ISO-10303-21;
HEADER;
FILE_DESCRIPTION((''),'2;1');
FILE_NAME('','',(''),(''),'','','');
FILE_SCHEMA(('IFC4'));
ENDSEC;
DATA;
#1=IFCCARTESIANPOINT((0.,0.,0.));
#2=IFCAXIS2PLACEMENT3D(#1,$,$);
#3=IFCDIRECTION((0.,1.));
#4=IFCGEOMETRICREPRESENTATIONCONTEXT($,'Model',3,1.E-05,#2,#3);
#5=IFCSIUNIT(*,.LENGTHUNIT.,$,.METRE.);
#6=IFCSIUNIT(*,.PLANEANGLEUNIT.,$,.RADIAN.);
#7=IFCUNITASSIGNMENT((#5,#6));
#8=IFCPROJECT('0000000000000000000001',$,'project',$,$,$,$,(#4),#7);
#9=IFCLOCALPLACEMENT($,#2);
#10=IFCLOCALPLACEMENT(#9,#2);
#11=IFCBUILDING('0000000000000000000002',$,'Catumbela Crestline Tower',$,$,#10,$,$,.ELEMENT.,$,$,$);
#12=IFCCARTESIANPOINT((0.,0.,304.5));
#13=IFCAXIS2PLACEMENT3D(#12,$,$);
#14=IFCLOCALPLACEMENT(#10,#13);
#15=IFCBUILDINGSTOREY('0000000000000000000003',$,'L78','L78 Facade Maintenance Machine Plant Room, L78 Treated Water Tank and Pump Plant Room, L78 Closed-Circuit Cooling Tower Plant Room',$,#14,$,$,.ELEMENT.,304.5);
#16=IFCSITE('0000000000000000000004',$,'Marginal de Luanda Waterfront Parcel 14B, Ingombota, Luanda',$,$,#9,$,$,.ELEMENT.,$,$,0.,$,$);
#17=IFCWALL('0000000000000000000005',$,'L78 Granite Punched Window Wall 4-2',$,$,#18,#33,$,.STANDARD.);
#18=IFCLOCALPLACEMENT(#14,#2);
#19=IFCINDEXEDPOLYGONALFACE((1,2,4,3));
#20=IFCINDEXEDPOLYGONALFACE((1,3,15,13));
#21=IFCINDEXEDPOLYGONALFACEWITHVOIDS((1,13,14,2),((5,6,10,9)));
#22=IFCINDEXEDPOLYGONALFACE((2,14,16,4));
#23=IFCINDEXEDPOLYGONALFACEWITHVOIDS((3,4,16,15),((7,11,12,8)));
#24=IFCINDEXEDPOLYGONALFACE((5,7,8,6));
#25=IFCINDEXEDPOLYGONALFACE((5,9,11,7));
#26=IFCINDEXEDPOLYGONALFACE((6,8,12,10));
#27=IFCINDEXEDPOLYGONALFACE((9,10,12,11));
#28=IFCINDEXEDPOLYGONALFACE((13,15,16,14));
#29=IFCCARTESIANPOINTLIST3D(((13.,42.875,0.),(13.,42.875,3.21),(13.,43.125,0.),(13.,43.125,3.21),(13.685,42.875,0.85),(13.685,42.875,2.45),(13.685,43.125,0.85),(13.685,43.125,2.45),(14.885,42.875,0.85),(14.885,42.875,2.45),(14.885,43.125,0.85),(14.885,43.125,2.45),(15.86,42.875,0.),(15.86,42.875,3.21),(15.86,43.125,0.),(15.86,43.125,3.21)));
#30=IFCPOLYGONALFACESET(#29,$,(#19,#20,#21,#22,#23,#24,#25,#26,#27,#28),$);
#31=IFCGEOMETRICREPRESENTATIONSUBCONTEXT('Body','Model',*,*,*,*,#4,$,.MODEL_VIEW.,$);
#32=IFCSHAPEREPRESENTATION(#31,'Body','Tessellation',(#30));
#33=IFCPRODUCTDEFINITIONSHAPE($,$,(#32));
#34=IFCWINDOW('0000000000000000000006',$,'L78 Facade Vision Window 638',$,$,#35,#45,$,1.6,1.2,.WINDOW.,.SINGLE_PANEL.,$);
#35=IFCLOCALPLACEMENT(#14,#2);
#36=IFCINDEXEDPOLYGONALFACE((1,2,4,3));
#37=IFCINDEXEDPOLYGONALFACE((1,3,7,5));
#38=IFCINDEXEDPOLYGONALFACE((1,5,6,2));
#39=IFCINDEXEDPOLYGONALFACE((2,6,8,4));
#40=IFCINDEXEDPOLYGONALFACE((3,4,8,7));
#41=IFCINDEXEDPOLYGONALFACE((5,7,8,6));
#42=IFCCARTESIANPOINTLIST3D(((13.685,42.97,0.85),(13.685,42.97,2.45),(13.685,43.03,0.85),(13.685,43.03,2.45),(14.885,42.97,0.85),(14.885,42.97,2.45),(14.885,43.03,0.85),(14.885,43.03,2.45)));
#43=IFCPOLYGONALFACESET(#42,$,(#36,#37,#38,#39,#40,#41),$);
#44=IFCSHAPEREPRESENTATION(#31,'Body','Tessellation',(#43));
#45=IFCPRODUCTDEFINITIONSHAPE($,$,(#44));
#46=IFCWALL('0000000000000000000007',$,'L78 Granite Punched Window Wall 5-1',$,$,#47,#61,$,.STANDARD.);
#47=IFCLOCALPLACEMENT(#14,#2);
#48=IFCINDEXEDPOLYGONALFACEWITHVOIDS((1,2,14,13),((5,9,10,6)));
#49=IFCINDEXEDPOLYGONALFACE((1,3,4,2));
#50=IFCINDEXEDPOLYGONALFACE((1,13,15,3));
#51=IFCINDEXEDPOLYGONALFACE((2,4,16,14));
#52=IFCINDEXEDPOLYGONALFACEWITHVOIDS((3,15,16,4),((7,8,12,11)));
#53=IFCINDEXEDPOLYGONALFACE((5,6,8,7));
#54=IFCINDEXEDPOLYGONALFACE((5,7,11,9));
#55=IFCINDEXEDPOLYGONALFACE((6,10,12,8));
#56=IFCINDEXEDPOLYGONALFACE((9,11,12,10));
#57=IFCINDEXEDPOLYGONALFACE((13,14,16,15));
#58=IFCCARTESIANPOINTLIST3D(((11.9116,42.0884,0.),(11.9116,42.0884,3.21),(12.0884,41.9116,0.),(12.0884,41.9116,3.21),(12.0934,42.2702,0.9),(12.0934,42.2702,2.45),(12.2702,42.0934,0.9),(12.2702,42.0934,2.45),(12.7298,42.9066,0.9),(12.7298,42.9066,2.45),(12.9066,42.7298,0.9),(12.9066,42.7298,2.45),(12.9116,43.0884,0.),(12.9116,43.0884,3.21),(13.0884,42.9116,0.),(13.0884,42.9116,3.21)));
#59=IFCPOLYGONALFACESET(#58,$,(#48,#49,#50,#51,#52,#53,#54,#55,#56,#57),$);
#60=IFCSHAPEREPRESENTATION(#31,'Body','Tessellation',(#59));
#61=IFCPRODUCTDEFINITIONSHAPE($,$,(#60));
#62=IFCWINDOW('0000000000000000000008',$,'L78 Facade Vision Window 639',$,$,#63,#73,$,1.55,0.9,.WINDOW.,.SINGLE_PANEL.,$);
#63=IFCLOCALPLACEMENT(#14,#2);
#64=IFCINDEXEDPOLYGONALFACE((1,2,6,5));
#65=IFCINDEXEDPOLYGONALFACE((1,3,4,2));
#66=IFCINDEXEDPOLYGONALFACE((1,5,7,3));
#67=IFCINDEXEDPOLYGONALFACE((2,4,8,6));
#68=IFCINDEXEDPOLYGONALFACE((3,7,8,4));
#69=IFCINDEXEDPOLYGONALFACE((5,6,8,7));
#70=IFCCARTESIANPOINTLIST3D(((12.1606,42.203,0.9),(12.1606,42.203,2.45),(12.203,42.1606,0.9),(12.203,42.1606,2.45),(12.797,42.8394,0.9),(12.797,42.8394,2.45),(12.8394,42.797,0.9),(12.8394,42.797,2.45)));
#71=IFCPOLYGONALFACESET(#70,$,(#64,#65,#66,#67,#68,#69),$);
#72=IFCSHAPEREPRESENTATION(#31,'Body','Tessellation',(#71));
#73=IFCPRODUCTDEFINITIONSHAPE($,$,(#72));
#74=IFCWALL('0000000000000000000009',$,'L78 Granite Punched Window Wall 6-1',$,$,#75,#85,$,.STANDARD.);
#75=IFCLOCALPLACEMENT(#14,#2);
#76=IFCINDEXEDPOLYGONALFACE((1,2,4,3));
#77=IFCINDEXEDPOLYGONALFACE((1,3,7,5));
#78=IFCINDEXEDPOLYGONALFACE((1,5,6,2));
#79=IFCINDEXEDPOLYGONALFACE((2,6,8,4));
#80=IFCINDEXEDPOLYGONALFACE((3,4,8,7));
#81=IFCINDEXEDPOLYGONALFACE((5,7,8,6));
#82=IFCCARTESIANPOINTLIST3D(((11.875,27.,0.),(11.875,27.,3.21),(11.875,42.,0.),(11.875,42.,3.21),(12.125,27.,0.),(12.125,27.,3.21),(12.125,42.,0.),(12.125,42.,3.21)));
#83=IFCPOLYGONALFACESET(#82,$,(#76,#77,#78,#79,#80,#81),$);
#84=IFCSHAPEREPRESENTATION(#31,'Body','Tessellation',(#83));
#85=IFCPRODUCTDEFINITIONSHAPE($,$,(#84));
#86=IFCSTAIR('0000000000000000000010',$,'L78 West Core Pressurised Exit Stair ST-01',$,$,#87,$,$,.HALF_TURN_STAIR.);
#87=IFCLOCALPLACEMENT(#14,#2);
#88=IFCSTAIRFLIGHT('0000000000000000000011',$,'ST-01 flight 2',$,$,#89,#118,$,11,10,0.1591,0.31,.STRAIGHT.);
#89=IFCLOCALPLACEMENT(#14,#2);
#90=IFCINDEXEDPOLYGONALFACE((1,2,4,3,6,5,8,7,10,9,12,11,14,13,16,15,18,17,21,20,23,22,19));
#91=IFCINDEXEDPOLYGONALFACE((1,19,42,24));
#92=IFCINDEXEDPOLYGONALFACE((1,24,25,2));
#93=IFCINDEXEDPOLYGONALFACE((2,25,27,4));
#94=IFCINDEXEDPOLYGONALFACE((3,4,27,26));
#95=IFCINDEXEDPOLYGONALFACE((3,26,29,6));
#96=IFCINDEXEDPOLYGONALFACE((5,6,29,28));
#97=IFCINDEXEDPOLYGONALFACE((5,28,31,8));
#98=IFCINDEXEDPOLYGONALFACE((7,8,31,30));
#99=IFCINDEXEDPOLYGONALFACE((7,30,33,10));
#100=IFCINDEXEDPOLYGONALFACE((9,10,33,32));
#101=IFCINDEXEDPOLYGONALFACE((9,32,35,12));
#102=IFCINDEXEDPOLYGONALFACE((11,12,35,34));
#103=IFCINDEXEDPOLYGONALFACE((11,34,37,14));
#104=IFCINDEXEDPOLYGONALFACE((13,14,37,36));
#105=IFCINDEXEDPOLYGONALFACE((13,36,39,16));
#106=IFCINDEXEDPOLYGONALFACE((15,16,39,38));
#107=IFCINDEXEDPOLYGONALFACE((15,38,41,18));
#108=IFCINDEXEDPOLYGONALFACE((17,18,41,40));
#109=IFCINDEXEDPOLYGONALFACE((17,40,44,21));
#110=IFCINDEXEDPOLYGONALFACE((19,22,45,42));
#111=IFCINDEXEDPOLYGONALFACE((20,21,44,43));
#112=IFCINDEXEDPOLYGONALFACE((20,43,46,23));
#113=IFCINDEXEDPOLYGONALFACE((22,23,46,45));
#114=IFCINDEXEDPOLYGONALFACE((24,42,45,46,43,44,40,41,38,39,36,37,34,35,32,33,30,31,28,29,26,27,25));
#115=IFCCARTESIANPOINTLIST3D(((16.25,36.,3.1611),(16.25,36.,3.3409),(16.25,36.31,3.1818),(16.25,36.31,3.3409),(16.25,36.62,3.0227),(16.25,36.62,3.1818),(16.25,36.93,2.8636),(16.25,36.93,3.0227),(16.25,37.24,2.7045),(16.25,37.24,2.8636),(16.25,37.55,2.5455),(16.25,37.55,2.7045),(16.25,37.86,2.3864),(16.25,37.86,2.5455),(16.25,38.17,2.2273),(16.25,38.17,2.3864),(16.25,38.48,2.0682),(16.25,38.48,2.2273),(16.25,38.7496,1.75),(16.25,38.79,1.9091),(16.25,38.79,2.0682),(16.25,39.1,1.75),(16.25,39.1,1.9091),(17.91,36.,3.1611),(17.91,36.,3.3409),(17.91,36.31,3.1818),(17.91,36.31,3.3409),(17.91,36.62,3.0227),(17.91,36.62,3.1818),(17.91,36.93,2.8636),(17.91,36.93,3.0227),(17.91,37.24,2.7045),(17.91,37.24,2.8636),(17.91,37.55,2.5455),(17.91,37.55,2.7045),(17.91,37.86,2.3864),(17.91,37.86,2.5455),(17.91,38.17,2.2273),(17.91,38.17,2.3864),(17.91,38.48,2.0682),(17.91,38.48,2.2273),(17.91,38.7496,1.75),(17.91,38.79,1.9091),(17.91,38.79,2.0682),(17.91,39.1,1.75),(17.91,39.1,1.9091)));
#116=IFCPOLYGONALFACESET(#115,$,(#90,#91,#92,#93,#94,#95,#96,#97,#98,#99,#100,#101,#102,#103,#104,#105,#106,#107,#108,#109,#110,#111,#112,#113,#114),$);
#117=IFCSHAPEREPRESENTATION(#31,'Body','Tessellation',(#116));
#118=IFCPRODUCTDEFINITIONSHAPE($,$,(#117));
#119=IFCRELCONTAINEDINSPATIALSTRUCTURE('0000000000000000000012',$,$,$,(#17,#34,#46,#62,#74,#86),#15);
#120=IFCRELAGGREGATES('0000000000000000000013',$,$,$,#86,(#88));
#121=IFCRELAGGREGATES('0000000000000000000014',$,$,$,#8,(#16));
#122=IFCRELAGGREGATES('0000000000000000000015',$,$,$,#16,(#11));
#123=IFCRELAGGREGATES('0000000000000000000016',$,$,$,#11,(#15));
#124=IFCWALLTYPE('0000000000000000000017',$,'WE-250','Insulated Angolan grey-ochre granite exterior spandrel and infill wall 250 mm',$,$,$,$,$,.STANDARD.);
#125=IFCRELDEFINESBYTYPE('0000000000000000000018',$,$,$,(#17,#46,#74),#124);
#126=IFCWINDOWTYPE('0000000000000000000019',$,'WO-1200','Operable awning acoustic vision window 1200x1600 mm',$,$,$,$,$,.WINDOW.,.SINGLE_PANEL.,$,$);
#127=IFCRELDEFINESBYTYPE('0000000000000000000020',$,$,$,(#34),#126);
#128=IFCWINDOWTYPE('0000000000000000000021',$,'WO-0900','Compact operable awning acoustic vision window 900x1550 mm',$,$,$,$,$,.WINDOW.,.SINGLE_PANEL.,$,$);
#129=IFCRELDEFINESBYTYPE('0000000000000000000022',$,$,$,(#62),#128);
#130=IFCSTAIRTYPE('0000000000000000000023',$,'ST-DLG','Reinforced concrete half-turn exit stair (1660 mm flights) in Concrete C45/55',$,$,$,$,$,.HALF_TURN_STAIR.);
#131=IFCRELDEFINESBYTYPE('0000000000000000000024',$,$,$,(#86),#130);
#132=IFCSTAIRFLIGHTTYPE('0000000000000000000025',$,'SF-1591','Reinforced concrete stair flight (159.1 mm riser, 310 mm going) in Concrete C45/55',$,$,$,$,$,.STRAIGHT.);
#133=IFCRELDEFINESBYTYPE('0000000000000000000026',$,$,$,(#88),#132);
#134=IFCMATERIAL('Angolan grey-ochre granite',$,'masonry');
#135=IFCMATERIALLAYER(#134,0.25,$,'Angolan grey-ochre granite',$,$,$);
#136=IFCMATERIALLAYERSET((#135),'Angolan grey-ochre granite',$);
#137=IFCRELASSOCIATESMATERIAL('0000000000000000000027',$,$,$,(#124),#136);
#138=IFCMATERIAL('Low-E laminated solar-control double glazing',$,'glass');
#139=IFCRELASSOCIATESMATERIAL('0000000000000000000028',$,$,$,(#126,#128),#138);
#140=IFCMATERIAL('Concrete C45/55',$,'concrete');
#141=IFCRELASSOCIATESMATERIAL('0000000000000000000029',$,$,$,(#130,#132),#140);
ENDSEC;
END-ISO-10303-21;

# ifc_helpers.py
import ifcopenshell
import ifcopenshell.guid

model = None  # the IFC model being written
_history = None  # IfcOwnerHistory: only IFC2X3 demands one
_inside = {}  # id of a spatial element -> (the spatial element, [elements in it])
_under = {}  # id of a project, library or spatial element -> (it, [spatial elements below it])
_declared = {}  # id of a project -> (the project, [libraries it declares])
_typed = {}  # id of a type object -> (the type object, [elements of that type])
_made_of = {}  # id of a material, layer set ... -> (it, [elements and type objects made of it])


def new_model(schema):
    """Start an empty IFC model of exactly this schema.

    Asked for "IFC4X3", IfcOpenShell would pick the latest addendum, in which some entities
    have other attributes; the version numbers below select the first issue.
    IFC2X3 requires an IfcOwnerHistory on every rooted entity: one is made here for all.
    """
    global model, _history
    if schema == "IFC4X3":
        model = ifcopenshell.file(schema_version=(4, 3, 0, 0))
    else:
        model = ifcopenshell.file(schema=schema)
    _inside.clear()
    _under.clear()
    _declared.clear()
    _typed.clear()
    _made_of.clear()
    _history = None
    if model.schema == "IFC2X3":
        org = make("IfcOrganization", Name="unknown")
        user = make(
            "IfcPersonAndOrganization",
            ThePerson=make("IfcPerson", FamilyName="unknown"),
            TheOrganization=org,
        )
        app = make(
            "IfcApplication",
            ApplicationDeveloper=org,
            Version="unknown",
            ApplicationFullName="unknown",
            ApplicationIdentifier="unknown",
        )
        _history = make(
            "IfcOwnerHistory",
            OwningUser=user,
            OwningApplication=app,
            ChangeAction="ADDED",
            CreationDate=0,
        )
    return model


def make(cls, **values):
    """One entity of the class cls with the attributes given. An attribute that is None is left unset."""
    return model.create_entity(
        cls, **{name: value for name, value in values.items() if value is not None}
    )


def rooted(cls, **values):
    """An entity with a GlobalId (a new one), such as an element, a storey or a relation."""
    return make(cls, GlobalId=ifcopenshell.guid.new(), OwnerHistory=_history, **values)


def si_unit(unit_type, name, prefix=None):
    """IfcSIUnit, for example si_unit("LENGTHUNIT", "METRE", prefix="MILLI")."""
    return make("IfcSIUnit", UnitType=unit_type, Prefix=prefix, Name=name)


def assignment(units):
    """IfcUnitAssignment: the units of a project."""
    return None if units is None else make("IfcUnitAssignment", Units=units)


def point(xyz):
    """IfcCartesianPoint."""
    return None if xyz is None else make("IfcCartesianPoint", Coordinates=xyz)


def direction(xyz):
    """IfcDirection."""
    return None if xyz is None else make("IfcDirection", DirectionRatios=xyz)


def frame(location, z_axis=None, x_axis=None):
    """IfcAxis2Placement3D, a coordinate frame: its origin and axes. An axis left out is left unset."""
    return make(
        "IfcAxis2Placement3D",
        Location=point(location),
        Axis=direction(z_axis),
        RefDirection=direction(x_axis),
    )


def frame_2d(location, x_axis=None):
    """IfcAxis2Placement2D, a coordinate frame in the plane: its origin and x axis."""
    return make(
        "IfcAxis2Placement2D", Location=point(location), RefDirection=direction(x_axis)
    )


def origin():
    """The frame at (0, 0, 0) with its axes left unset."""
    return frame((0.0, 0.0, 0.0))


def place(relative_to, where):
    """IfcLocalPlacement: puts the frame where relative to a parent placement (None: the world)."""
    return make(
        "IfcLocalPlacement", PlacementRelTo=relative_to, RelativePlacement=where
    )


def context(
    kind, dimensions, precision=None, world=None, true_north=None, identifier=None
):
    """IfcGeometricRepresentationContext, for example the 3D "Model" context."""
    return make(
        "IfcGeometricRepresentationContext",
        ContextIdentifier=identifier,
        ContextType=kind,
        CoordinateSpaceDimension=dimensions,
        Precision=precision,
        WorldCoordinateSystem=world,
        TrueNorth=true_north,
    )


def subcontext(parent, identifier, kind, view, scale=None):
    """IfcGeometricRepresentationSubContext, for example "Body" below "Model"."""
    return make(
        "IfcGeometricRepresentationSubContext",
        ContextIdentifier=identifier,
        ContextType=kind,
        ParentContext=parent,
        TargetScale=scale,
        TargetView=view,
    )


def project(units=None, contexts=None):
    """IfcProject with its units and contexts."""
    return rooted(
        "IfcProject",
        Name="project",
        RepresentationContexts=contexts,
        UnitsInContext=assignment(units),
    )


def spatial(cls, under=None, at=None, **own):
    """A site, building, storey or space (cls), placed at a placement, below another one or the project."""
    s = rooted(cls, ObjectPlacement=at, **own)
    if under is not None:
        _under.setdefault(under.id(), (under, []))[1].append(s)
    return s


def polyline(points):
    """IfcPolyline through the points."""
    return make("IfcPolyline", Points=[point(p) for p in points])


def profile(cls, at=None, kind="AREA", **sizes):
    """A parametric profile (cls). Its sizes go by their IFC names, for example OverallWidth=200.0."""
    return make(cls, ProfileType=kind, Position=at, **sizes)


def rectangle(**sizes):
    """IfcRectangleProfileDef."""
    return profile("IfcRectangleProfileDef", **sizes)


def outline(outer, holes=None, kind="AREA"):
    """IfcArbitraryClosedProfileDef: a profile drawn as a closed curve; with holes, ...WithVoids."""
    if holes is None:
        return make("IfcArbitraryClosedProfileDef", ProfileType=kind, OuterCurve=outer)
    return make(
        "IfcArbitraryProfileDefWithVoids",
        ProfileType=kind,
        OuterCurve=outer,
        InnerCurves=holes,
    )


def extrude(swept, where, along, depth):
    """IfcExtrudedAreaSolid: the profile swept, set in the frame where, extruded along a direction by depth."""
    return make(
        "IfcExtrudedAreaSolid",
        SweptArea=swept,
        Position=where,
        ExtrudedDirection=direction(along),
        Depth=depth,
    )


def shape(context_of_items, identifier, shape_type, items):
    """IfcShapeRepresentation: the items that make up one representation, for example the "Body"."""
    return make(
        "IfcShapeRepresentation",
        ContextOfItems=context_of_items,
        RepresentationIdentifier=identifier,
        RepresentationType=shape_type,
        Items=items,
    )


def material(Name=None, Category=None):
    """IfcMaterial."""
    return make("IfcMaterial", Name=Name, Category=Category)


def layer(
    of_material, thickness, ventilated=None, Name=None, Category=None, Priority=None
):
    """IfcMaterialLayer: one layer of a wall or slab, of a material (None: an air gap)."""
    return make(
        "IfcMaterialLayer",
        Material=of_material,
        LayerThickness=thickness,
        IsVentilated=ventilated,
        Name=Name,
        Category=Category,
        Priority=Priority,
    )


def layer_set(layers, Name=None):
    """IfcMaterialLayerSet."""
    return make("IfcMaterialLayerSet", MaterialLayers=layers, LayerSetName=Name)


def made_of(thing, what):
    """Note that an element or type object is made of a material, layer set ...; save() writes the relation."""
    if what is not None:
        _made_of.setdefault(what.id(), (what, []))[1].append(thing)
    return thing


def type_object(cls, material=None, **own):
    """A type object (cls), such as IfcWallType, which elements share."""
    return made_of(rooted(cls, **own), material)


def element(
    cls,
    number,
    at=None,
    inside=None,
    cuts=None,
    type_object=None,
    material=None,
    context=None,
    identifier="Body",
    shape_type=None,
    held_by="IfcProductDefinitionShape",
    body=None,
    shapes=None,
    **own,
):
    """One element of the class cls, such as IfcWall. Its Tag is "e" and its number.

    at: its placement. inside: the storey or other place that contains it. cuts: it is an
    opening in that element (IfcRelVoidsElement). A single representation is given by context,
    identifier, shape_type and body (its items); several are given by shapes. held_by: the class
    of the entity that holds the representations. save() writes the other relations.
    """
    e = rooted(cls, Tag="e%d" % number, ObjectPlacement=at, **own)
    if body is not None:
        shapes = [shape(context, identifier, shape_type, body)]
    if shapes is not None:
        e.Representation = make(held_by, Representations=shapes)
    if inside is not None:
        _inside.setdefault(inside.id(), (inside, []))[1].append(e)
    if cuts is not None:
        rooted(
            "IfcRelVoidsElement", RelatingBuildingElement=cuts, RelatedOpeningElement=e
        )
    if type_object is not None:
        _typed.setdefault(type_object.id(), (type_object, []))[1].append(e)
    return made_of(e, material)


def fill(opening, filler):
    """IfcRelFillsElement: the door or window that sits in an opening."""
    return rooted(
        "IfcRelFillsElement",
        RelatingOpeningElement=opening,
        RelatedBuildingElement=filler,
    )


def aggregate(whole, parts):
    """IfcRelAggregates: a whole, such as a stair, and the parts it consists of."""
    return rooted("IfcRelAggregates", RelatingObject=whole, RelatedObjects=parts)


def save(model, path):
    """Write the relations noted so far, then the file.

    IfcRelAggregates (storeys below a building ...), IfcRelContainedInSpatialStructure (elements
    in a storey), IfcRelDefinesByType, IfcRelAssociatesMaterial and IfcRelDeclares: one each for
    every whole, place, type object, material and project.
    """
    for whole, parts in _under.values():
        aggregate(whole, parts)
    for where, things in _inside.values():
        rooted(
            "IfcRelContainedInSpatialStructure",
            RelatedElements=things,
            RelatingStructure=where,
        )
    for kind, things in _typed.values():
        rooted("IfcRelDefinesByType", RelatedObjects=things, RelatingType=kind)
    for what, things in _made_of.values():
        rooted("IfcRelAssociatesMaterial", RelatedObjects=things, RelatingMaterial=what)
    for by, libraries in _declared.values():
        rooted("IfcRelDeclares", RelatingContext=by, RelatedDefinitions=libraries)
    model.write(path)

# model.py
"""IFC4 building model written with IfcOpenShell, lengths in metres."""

from ifc_helpers import new_model, si_unit, direction, frame, frame_2d, origin, place, context, subcontext, project, spatial, polyline, rectangle, outline, extrude, material, layer, layer_set, type_object, element, fill, aggregate, save


model = new_model("IFC4")

# Units and contexts
model_context = context("Model", 3, precision=1e-05, world=origin(), true_north=direction((0.0, 1.0)))
body_context = subcontext(model_context, "Body", "Model", "MODEL_VIEW")
ifc_project = project(units=[si_unit("LENGTHUNIT", "METRE"), si_unit("PLANEANGLEUNIT", "RADIAN")], contexts=[model_context])

# Site, building, storey
site_placement = place(None, origin())
site = spatial("IfcSite", under=ifc_project, at=site_placement, Name="Marginal de Luanda Waterfront Parcel 14B, Ingombota, Luanda", CompositionType="ELEMENT", RefElevation=0.0)
building_placement = place(site_placement, origin())
building = spatial("IfcBuilding", under=site, at=building_placement, Name="Catumbela Crestline Tower", CompositionType="ELEMENT")
storey_placement = place(building_placement, frame((0.0, 0.0, 304.5)))
storey = spatial("IfcBuildingStorey", under=building, at=storey_placement, Name="L78", Description="L78 Facade Maintenance Machine Plant Room, L78 Treated Water Tank and Pump Plant Room, L78 Closed-Circuit Cooling Tower Plant Room", CompositionType="ELEMENT", Elevation=304.5)

# Shared definitions
ifc_material_1 = material(Name="Concrete C45/55", Category="concrete")

# Walls, openings, windows
ifc_material_2 = material(Name="Angolan grey-ochre granite", Category="masonry")
ifc_layer_1 = layer(ifc_material_2, 0.25, Name="Angolan grey-ochre granite")
ifc_layer_set_1 = layer_set([ifc_layer_1], Name="Angolan grey-ochre granite")
wall_type_1 = type_object("IfcWallType", Name="WE-250", Description="Insulated Angolan grey-ochre granite exterior spandrel and infill wall 250 mm", PredefinedType="STANDARD", material=ifc_layer_set_1)
wall_1_placement = place(storey_placement, frame((15.86, 43.0, 0.0), z_axis=(0.0, 0.0, 1.0), x_axis=(-1.0, 0.0, 0.0)))
wall_1 = element("IfcWall", 1, at=wall_1_placement, inside=storey, type_object=wall_type_1, Name="L78 Granite Punched Window Wall 4-2", PredefinedType="STANDARD", context=body_context, shape_type="SweptSolid", body=[
    extrude(rectangle(XDim=2.86, YDim=0.25, at=frame_2d((1.43, 0.0))), origin(), (0.0, 0.0, 1.0), 3.21),
])
opening_1_placement = place(wall_1_placement, frame((0.975, 0.0, 0.85)))
opening_1 = element("IfcOpeningElement", 2, at=opening_1_placement, cuts=wall_1, PredefinedType="OPENING", context=body_context, shape_type="SweptSolid", body=[
    extrude(rectangle(XDim=1.2, YDim=1.6, at=frame_2d((0.6, 0.8))), frame((0.0, 0.135, 0.0), z_axis=(0.0, -1.0, 0.0), x_axis=(1.0, 0.0, 0.0)), (0.0, 0.0, 1.0), 0.27),
])
ifc_material_3 = material(Name="Low-E laminated solar-control double glazing", Category="glass")
window_type_1 = type_object("IfcWindowType", Name="WO-1200", Description="Operable awning acoustic vision window 1200x1600 mm", PartitioningType="SINGLE_PANEL", PredefinedType="WINDOW", material=ifc_material_3)
window_1_placement = place(opening_1_placement, origin())
window_1 = element("IfcWindow", 3, at=window_1_placement, inside=storey, type_object=window_type_1, Name="L78 Facade Vision Window 638", OverallHeight=1.6, OverallWidth=1.2, PartitioningType="SINGLE_PANEL", PredefinedType="WINDOW", context=body_context, shape_type="SweptSolid", body=[
    extrude(rectangle(XDim=1.2, YDim=1.6, at=frame_2d((0.6, 0.8))), frame((0.0, 0.03, 0.0), z_axis=(0.0, -1.0, 0.0), x_axis=(1.0, 0.0, 0.0)), (0.0, 0.0, 1.0), 0.06),
])
fill(opening_1, window_1)
wall_2_placement = place(storey_placement, frame((13.0, 43.0, 0.0), z_axis=(0.0, 0.0, 1.0), x_axis=(-0.707107, -0.707107, 0.0)))
wall_2 = element("IfcWall", 4, at=wall_2_placement, inside=storey, type_object=wall_type_1, Name="L78 Granite Punched Window Wall 5-1", PredefinedType="STANDARD", context=body_context, shape_type="SweptSolid", body=[
    extrude(rectangle(XDim=1.4142, YDim=0.25, at=frame_2d((0.7071, 0.0))), origin(), (0.0, 0.0, 1.0), 3.21),
])
opening_2_placement = place(wall_2_placement, frame((0.2571, 0.0, 0.9)))
opening_2 = element("IfcOpeningElement", 5, at=opening_2_placement, cuts=wall_2, PredefinedType="OPENING", context=body_context, shape_type="SweptSolid", body=[
    extrude(rectangle(XDim=0.9, YDim=1.55, at=frame_2d((0.45, 0.775))), frame((0.0, 0.135, 0.0), z_axis=(0.0, -1.0, 0.0), x_axis=(1.0, 0.0, 0.0)), (0.0, 0.0, 1.0), 0.27),
])
window_type_2 = type_object("IfcWindowType", Name="WO-0900", Description="Compact operable awning acoustic vision window 900x1550 mm", PartitioningType="SINGLE_PANEL", PredefinedType="WINDOW", material=ifc_material_3)
window_2_placement = place(opening_2_placement, origin())
window_2 = element("IfcWindow", 6, at=window_2_placement, inside=storey, type_object=window_type_2, Name="L78 Facade Vision Window 639", OverallHeight=1.55, OverallWidth=0.9, PartitioningType="SINGLE_PANEL", PredefinedType="WINDOW", context=body_context, shape_type="SweptSolid", body=[
    extrude(rectangle(XDim=0.9, YDim=1.55, at=frame_2d((0.45, 0.775))), frame((0.0, 0.03, 0.0), z_axis=(0.0, -1.0, 0.0), x_axis=(1.0, 0.0, 0.0)), (0.0, 0.0, 1.0), 0.06),
])
fill(opening_2, window_2)

# Wall
wall_3_placement = place(storey_placement, frame((12.0, 42.0, 0.0), z_axis=(0.0, 0.0, 1.0), x_axis=(0.0, -1.0, 0.0)))
element("IfcWall", 7, at=wall_3_placement, inside=storey, type_object=wall_type_1, Name="L78 Granite Punched Window Wall 6-1", PredefinedType="STANDARD", context=body_context, shape_type="SweptSolid", body=[
    extrude(rectangle(XDim=15.0, YDim=0.25, at=frame_2d((7.5, 0.0))), origin(), (0.0, 0.0, 1.0), 3.21),
])

# Stair, stair flight
stair_type = type_object("IfcStairType", Name="ST-DLG", Description="Reinforced concrete half-turn exit stair (1660 mm flights) in Concrete C45/55", PredefinedType="HALF_TURN_STAIR", material=ifc_material_1)
stair_placement = place(storey_placement, origin())
stair = element("IfcStair", 8, at=stair_placement, inside=storey, type_object=stair_type, Name="L78 West Core Pressurised Exit Stair ST-01", PredefinedType="HALF_TURN_STAIR")
stair_flight_type = type_object("IfcStairFlightType", Name="SF-1591", Description="Reinforced concrete stair flight (159.1 mm riser, 310 mm going) in Concrete C45/55", PredefinedType="STRAIGHT", material=ifc_material_1)
stair_flight_placement = place(storey_placement, frame((17.08, 39.1, 1.75), z_axis=(0.0, 0.0, 1.0), x_axis=(0.0, -1.0, 0.0)))
stair_flight = element("IfcStairFlight", 9, at=stair_flight_placement, type_object=stair_flight_type, Name="ST-01 flight 2", NumberOfRisers=11, NumberOfTreads=10, PredefinedType="STRAIGHT", RiserHeight=0.1591, TreadLength=0.31, context=body_context, shape_type="SweptSolid", body=[
    extrude(outline(polyline([(0.0, 0.0), (0.0, 0.1591), (0.31, 0.1591), (0.31, 0.3182), (0.62, 0.3182), (0.62, 0.4773), (0.93, 0.4773), (0.93, 0.6364), (1.24, 0.6364), (1.24, 0.7955), (1.55, 0.7955), (1.55, 0.9545), (1.86, 0.9545), (1.86, 1.1136), (2.17, 1.1136), (2.17, 1.2727), (2.48, 1.2727), (2.48, 1.4318), (2.79, 1.4318), (2.79, 1.5909), (3.1, 1.5909), (3.1, 1.75), (3.1, 1.4111), (0.3504, 0.0), (0.0, 0.0)])), frame((0.0, 0.83, 0.0), z_axis=(0.0, -1.0, 0.0), x_axis=(1.0, 0.0, 0.0)), (0.0, 0.0, 1.0), 1.66),
])
aggregate(stair, [stair_flight])

save(model, "model.ifc")
